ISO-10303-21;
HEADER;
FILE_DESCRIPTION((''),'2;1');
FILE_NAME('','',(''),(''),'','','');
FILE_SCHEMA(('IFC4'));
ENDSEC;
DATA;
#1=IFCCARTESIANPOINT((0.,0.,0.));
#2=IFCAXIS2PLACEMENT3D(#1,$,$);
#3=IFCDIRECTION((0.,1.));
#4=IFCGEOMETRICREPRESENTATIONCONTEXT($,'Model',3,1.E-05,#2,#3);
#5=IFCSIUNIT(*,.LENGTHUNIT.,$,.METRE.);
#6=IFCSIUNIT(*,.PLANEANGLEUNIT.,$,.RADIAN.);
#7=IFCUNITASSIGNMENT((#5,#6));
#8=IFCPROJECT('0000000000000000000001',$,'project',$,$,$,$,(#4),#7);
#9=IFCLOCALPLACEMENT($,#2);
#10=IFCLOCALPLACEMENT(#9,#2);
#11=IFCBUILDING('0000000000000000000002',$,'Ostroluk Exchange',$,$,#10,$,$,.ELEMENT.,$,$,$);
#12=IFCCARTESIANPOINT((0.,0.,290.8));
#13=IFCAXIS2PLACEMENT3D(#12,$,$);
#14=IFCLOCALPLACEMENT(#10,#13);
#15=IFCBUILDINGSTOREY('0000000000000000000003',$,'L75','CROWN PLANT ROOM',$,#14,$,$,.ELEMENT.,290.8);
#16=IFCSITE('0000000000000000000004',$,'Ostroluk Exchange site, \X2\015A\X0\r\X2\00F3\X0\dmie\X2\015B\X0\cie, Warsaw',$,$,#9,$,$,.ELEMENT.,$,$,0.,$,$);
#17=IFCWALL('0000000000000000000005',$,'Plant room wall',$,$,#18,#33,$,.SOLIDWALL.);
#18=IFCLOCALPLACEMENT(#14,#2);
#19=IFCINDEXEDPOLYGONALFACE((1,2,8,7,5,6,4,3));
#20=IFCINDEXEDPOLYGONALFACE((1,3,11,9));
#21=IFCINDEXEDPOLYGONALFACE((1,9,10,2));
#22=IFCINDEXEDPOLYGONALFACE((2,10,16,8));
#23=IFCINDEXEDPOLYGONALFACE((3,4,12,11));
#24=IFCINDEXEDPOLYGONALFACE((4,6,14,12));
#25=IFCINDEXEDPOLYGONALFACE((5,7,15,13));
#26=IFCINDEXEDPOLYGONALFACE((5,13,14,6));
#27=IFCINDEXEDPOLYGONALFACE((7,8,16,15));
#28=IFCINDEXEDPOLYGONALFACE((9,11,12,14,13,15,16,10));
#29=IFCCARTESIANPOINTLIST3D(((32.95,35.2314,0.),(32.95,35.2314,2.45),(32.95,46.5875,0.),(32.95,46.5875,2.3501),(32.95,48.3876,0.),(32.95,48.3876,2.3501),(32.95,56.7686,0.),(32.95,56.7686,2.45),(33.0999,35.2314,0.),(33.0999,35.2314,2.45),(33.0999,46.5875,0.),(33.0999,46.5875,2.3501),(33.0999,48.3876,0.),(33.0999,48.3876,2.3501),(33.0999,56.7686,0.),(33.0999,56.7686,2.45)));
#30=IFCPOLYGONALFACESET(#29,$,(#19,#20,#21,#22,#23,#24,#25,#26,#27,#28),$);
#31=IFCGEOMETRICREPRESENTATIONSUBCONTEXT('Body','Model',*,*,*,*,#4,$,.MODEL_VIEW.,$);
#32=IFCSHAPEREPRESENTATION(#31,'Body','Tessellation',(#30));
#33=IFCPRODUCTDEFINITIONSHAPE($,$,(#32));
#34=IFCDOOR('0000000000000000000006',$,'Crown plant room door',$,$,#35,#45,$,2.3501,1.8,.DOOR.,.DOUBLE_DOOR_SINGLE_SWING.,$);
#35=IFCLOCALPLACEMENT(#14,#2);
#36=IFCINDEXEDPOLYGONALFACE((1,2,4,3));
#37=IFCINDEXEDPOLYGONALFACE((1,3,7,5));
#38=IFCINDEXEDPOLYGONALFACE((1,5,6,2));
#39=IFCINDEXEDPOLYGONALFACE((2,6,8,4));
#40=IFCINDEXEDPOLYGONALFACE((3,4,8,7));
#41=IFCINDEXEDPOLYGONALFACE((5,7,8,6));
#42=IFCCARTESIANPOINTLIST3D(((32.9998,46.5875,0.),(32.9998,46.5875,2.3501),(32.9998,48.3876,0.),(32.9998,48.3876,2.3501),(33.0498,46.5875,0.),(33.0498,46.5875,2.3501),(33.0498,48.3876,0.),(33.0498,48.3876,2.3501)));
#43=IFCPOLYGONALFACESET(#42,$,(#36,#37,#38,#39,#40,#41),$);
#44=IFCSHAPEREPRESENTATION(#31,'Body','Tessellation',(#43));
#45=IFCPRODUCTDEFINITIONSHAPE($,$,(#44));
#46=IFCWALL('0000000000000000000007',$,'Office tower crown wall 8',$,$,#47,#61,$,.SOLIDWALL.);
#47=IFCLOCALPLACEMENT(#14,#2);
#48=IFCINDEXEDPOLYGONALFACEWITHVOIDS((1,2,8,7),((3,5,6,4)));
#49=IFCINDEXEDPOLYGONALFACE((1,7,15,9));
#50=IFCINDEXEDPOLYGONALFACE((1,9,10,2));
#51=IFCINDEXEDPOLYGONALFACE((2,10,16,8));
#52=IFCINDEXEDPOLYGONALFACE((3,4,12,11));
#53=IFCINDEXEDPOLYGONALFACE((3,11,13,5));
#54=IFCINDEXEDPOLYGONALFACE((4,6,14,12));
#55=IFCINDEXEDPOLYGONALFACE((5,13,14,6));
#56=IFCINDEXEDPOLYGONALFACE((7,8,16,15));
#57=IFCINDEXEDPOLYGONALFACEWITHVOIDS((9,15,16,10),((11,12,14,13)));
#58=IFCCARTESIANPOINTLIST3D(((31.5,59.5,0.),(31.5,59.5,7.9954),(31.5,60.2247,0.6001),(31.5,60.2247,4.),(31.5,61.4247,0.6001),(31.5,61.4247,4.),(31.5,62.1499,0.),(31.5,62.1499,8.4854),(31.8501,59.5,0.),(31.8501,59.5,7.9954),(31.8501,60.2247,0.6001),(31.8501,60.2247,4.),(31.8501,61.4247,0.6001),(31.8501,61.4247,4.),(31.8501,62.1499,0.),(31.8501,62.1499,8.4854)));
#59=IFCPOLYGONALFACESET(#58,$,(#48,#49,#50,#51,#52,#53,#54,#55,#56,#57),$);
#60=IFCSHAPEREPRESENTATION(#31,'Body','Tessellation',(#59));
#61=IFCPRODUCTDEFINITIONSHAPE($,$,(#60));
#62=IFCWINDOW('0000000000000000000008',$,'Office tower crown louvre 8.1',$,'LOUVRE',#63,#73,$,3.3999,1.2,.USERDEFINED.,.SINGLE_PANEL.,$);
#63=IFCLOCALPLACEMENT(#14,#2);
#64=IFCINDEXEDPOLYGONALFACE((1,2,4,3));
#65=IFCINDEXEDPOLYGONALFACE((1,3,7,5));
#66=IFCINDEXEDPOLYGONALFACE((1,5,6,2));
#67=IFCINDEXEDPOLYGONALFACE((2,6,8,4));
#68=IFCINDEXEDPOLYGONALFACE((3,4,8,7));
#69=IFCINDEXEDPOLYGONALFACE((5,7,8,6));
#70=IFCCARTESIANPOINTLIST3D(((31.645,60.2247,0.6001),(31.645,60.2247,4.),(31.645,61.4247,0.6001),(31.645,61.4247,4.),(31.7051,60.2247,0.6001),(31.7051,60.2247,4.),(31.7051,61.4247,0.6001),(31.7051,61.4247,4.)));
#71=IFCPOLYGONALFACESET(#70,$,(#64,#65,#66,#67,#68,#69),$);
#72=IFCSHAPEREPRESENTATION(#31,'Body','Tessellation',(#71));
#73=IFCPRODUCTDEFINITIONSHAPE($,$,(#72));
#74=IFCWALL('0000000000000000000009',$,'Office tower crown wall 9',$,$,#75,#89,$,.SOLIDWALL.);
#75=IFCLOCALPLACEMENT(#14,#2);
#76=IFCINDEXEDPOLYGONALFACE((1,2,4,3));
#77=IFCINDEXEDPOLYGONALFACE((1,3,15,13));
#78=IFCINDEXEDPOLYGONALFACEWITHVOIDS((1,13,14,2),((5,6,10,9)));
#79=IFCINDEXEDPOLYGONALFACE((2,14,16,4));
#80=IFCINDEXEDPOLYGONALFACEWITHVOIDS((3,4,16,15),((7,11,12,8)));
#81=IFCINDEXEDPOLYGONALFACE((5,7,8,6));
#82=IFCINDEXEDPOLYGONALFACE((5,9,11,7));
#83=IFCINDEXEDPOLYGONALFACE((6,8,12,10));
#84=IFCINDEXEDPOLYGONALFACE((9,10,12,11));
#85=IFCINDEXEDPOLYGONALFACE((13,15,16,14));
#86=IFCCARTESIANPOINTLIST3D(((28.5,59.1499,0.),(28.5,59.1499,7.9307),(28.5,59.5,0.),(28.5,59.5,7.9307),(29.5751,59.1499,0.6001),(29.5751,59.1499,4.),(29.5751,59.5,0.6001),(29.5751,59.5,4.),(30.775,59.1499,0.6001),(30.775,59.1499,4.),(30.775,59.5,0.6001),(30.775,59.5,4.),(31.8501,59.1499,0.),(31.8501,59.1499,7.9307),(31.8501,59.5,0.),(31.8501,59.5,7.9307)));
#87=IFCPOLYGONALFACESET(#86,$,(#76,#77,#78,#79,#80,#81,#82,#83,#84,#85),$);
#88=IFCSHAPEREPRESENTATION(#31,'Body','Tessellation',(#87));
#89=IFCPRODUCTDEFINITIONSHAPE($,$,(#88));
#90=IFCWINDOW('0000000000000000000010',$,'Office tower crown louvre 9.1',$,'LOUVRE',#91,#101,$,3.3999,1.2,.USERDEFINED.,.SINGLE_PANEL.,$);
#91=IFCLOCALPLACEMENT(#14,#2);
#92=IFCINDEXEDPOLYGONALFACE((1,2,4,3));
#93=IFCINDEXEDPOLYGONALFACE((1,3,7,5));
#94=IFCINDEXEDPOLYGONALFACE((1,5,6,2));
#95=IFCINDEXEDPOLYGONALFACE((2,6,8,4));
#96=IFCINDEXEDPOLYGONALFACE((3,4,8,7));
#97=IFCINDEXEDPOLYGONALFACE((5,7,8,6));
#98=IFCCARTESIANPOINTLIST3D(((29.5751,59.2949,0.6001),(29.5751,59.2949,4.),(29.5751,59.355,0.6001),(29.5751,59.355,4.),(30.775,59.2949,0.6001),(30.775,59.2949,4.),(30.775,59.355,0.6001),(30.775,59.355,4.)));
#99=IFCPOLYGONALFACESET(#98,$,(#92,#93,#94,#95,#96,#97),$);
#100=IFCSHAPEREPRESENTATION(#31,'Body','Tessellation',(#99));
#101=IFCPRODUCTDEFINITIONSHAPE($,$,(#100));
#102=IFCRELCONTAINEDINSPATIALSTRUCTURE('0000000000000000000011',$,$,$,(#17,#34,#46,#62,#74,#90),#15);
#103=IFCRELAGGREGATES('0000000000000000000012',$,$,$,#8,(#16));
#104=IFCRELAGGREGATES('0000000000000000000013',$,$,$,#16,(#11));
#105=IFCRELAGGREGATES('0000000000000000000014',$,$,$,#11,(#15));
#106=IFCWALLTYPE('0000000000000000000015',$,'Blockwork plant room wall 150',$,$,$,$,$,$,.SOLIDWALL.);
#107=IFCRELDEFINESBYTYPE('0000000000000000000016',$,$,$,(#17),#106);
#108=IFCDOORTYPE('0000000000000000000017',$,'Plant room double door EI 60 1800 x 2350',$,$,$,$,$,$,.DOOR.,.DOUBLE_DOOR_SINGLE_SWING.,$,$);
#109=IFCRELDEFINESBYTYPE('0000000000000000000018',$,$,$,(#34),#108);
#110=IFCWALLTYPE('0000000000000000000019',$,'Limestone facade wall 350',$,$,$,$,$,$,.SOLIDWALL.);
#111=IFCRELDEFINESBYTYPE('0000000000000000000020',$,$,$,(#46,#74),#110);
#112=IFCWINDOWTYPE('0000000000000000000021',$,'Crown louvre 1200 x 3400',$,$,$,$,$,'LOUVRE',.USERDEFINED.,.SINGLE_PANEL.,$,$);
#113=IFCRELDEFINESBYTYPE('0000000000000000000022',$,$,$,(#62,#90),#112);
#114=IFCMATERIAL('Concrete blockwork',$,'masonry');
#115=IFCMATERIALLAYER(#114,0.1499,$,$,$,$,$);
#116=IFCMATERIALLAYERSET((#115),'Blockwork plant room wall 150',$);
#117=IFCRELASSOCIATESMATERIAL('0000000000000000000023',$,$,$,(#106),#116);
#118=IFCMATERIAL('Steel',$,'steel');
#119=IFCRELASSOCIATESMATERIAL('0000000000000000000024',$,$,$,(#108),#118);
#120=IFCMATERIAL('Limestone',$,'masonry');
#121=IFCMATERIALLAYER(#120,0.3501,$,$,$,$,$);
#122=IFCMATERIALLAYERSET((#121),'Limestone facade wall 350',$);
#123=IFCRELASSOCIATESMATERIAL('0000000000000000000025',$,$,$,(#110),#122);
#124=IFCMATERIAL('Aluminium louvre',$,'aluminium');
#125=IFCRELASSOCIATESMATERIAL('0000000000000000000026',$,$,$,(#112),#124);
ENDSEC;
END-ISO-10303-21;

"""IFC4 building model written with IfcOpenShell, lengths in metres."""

from ifc_helpers import new_model, si_unit, direction, frame, frame_2d, origin, place, context, subcontext, project, spatial, polyline, rectangle, outline, extrude, material, layer, layer_set, type_object, element, fill, save


model = new_model("IFC4")

# Units and contexts
model_context = context("Model", 3, precision=1e-05, world=origin(), true_north=direction((0.0, 1.0)))
body_context = subcontext(model_context, "Body", "Model", "MODEL_VIEW")
ifc_project = project(units=[si_unit("LENGTHUNIT", "METRE"), si_unit("PLANEANGLEUNIT", "RADIAN")], contexts=[model_context])

# Site, building, storey
site_placement = place(None, origin())
site = spatial("IfcSite", under=ifc_project, at=site_placement, Name="Ostroluk Exchange site, Śródmieście, Warsaw", CompositionType="ELEMENT", RefElevation=0.0)
building_placement = place(site_placement, origin())
building = spatial("IfcBuilding", under=site, at=building_placement, Name="Ostroluk Exchange", CompositionType="ELEMENT")
storey_placement = place(building_placement, frame((0.0, 0.0, 290.8)))
storey = spatial("IfcBuildingStorey", under=building, at=storey_placement, Name="L75", Description="CROWN PLANT ROOM", CompositionType="ELEMENT", Elevation=290.8)

# Shared definitions
ifc_material_1 = material(Name="Concrete blockwork", Category="masonry")
ifc_layer_1 = layer(ifc_material_1, 0.1499)
ifc_layer_set_1 = layer_set([ifc_layer_1], Name="Blockwork plant room wall 150")
wall_type_1 = type_object("IfcWallType", Name="Blockwork plant room wall 150", PredefinedType="SOLIDWALL", material=ifc_layer_set_1)

# Wall, opening, door
wall_1_placement = place(storey_placement, frame((33.0249, 56.7686, 0.0), z_axis=(0.0, 0.0, 1.0), x_axis=(0.0, -1.0, 0.0)))
wall_1 = element("IfcWall", 1, at=wall_1_placement, inside=storey, type_object=wall_type_1, Name="Plant room wall", PredefinedType="SOLIDWALL", context=body_context, shape_type="SweptSolid", body=[
    extrude(rectangle(XDim=21.5371, YDim=0.1499, at=frame_2d((10.7686, 0.0))), origin(), (0.0, 0.0, 1.0), 2.45),
])
opening_1_placement = place(wall_1_placement, frame((8.3811, 0.0, 0.0)))
opening_1 = element("IfcOpeningElement", 2, at=opening_1_placement, cuts=wall_1, PredefinedType="OPENING", context=body_context, shape_type="SweptSolid", body=[
    extrude(rectangle(XDim=1.8, YDim=2.3501, at=frame_2d((0.8999, 1.175))), frame((0.0, 0.085, 0.0), z_axis=(0.0, -1.0, 0.0), x_axis=(1.0, 0.0, 0.0)), (0.0, 0.0, 1.0), 0.1699),
])
ifc_material_2 = material(Name="Steel", Category="steel")
door_type = type_object("IfcDoorType", Name="Plant room double door EI 60 1800 x 2350", OperationType="DOUBLE_DOOR_SINGLE_SWING", PredefinedType="DOOR", material=ifc_material_2)
door_placement = place(opening_1_placement, origin())
door = element("IfcDoor", 3, at=door_placement, inside=storey, type_object=door_type, Name="Crown plant room door", OperationType="DOUBLE_DOOR_SINGLE_SWING", OverallHeight=2.3501, OverallWidth=1.8, PredefinedType="DOOR", context=body_context, shape_type="SweptSolid", body=[
    extrude(rectangle(XDim=1.8, YDim=2.3501, at=frame_2d((0.8999, 1.175))), frame((0.0, 0.0249, 0.0), z_axis=(0.0, -1.0, 0.0), x_axis=(1.0, 0.0, 0.0)), (0.0, 0.0, 1.0), 0.05),
])
fill(opening_1, door)

# Walls, openings, windows
ifc_material_3 = material(Name="Limestone", Category="masonry")
ifc_layer_2 = layer(ifc_material_3, 0.3501)
ifc_layer_set_2 = layer_set([ifc_layer_2], Name="Limestone facade wall 350")
wall_type_2 = type_object("IfcWallType", Name="Limestone facade wall 350", PredefinedType="SOLIDWALL", material=ifc_layer_set_2)
wall_2_placement = place(storey_placement, frame((31.675, 62.1499, 0.0), z_axis=(0.0, 0.0, 1.0), x_axis=(0.0, -1.0, 0.0)))
wall_2 = element("IfcWall", 4, at=wall_2_placement, inside=storey, type_object=wall_type_2, Name="Office tower crown wall 8", PredefinedType="SOLIDWALL", context=body_context, shape_type="SweptSolid", body=[
    extrude(outline(polyline([(0.0, 0.0), (2.6499, 0.0), (2.6499, 7.9954), (0.0, 8.4854), (0.0, 0.0)])), frame((0.0, 0.175, 0.0), z_axis=(0.0, -1.0, 0.0), x_axis=(1.0, 0.0, 0.0)), (0.0, 0.0, 1.0), 0.3501),
])
opening_2_placement = place(wall_2_placement, frame((0.7251, 0.0, 0.6001)))
opening_2 = element("IfcOpeningElement", 5, at=opening_2_placement, cuts=wall_2, PredefinedType="OPENING", context=body_context, shape_type="SweptSolid", body=[
    extrude(rectangle(XDim=1.2, YDim=3.3999, at=frame_2d((0.6001, 1.7))), frame((0.0, 0.1851, 0.0), z_axis=(0.0, -1.0, 0.0), x_axis=(1.0, 0.0, 0.0)), (0.0, 0.0, 1.0), 0.3701),
])
ifc_material_4 = material(Name="Aluminium louvre", Category="aluminium")
window_type = type_object("IfcWindowType", Name="Crown louvre 1200 x 3400", ElementType="LOUVRE", PartitioningType="SINGLE_PANEL", PredefinedType="USERDEFINED", material=ifc_material_4)
window_1_placement = place(opening_2_placement, origin())
window_1 = element("IfcWindow", 6, at=window_1_placement, inside=storey, type_object=window_type, Name="Office tower crown louvre 8.1", ObjectType="LOUVRE", OverallHeight=3.3999, OverallWidth=1.2, PartitioningType="SINGLE_PANEL", PredefinedType="USERDEFINED", context=body_context, shape_type="SweptSolid", body=[
    extrude(rectangle(XDim=1.2, YDim=3.3999, at=frame_2d((0.6001, 1.7))), frame((0.0, 0.03, 0.0), z_axis=(0.0, -1.0, 0.0), x_axis=(1.0, 0.0, 0.0)), (0.0, 0.0, 1.0), 0.0601),
])
fill(opening_2, window_1)
wall_3_placement = place(storey_placement, frame((31.8501, 59.325, 0.0), z_axis=(0.0, 0.0, 1.0), x_axis=(-1.0, 0.0, 0.0)))
wall_3 = element("IfcWall", 7, at=wall_3_placement, inside=storey, type_object=wall_type_2, Name="Office tower crown wall 9", PredefinedType="SOLIDWALL", context=body_context, shape_type="SweptSolid", body=[
    extrude(rectangle(XDim=3.3501, YDim=0.3501, at=frame_2d((1.675, 0.0))), origin(), (0.0, 0.0, 1.0), 7.9307),
])
opening_3_placement = place(wall_3_placement, frame((1.075, 0.0, 0.6001)))
opening_3 = element("IfcOpeningElement", 8, at=opening_3_placement, cuts=wall_3, PredefinedType="OPENING", context=body_context, shape_type="SweptSolid", body=[
    extrude(rectangle(XDim=1.2, YDim=3.3999, at=frame_2d((0.6001, 1.7))), frame((0.0, 0.1851, 0.0), z_axis=(0.0, -1.0, 0.0), x_axis=(1.0, 0.0, 0.0)), (0.0, 0.0, 1.0), 0.3701),
])
window_2_placement = place(opening_3_placement, origin())
window_2 = element("IfcWindow", 9, at=window_2_placement, inside=storey, type_object=window_type, Name="Office tower crown louvre 9.1", ObjectType="LOUVRE", OverallHeight=3.3999, OverallWidth=1.2, PartitioningType="SINGLE_PANEL", PredefinedType="USERDEFINED", context=body_context, shape_type="SweptSolid", body=[
    extrude(rectangle(XDim=1.2, YDim=3.3999, at=frame_2d((0.6001, 1.7))), frame((0.0, 0.03, 0.0), z_axis=(0.0, -1.0, 0.0), x_axis=(1.0, 0.0, 0.0)), (0.0, 0.0, 1.0), 0.0601),
])
fill(opening_3, window_2)

save(model, "model.ifc")
